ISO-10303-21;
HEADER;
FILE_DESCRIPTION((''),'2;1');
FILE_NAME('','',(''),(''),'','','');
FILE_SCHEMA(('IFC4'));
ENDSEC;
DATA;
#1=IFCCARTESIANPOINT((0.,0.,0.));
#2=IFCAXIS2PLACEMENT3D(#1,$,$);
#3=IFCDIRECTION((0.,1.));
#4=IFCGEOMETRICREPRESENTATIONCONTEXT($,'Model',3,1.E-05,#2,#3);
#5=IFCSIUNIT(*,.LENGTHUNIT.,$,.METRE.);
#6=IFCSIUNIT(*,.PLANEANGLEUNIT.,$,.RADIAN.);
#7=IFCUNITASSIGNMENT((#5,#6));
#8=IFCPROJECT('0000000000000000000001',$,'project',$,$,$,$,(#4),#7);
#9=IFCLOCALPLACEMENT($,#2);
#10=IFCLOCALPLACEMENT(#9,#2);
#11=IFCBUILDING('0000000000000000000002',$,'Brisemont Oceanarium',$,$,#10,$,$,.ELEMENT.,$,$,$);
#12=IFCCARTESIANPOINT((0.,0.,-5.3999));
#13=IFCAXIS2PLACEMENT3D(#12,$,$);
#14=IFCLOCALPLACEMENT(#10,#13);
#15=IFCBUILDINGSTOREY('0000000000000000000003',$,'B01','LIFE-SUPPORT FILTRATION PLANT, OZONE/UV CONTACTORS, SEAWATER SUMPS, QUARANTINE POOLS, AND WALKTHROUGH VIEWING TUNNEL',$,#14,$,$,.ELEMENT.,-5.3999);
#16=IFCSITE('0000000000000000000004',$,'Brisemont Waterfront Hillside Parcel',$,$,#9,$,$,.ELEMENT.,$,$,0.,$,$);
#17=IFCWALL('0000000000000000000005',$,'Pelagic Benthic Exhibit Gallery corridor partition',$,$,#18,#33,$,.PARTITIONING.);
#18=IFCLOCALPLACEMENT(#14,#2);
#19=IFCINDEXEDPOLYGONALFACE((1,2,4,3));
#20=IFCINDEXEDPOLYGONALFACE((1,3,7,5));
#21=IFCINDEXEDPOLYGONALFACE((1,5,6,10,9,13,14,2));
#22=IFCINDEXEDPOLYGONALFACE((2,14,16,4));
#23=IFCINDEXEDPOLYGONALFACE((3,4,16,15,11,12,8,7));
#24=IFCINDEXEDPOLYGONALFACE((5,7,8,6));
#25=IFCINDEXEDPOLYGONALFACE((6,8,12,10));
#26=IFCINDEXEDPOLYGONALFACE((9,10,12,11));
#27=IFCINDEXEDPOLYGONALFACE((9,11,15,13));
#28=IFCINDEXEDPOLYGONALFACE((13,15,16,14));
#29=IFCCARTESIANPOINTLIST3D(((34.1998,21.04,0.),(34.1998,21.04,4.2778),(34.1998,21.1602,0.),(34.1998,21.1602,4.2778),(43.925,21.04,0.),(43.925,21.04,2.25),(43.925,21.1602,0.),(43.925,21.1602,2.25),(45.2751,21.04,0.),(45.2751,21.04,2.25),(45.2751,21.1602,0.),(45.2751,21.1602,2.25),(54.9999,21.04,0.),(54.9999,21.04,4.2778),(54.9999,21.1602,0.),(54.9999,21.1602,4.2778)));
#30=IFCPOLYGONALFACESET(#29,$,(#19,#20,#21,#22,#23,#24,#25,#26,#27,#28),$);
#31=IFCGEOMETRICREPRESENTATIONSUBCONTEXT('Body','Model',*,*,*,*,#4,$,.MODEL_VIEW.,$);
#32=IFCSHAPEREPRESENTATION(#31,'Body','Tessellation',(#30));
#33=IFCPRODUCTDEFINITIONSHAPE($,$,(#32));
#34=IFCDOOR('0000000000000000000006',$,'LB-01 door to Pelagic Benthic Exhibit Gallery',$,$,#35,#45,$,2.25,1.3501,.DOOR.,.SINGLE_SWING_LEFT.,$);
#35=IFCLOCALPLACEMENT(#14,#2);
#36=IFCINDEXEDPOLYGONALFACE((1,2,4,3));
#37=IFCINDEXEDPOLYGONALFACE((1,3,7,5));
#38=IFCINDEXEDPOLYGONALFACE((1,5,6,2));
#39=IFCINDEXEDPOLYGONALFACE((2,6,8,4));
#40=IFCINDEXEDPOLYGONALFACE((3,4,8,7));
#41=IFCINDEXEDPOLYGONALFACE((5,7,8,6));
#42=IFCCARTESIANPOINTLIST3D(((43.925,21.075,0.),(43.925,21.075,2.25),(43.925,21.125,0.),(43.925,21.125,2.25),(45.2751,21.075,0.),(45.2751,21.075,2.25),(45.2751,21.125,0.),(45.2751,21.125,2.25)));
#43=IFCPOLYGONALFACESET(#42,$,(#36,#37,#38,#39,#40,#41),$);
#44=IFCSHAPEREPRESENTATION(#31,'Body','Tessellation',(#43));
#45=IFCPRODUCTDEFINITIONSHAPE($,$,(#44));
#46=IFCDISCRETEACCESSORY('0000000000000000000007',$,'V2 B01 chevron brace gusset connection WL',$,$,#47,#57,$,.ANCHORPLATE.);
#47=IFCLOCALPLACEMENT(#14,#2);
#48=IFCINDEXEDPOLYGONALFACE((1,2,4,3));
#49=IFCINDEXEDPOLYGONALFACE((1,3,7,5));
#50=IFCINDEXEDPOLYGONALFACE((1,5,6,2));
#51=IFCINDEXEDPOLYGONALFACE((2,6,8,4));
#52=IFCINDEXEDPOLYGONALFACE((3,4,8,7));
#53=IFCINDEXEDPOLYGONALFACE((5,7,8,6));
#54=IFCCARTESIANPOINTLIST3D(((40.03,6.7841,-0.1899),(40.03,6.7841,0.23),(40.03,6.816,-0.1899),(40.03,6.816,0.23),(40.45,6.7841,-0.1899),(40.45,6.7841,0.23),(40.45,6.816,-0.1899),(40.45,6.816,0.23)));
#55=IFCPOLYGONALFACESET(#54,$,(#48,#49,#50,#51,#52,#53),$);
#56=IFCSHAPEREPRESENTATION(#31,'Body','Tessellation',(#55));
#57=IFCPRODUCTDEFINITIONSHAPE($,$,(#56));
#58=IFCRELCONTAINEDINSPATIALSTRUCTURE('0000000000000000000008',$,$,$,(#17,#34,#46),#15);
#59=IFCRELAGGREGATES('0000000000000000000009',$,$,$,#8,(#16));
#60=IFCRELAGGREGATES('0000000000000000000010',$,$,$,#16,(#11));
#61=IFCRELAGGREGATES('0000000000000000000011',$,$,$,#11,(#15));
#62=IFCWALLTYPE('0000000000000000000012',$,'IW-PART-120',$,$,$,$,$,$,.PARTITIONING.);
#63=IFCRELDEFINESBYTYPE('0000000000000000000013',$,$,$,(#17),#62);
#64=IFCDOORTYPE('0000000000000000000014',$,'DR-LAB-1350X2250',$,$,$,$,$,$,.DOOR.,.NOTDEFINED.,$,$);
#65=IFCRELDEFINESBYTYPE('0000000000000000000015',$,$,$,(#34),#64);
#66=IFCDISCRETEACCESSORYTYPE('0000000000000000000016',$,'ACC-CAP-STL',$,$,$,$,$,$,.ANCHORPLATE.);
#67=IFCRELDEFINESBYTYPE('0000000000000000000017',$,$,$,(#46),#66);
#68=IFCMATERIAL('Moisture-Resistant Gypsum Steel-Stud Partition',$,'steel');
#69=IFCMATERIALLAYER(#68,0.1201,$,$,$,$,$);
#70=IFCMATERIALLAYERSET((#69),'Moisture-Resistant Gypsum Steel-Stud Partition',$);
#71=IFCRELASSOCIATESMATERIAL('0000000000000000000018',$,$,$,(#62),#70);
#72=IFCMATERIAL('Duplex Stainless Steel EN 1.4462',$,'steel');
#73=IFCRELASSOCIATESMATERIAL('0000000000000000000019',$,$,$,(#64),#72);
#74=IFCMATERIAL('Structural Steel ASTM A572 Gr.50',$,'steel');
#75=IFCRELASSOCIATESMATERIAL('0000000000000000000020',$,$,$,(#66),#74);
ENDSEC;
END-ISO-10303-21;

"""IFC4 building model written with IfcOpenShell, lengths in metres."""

from ifc_helpers import new_model, si_unit, direction, frame, frame_2d, origin, origin_2d, place, context, subcontext, project, spatial, rectangle, extrude, material, layer, layer_set, type_object, element, fill, save


model = new_model("IFC4")

# Units and contexts
model_context = context("Model", 3, precision=1e-05, world=origin(), true_north=direction((0.0, 1.0)))
body_context = subcontext(model_context, "Body", "Model", "MODEL_VIEW")
ifc_project = project(units=[si_unit("LENGTHUNIT", "METRE"), si_unit("PLANEANGLEUNIT", "RADIAN")], contexts=[model_context])

# Site, building, storey
site_placement = place(None, origin())
site = spatial("IfcSite", under=ifc_project, at=site_placement, Name="Brisemont Waterfront Hillside Parcel", CompositionType="ELEMENT", RefElevation=0.0)
building_placement = place(site_placement, origin())
building = spatial("IfcBuilding", under=site, at=building_placement, Name="Brisemont Oceanarium", CompositionType="ELEMENT")
storey_placement = place(building_placement, frame((0.0, 0.0, -5.3999)))
storey = spatial("IfcBuildingStorey", under=building, at=storey_placement, Name="B01", Description="LIFE-SUPPORT FILTRATION PLANT, OZONE/UV CONTACTORS, SEAWATER SUMPS, QUARANTINE POOLS, AND WALKTHROUGH VIEWING TUNNEL", CompositionType="ELEMENT", Elevation=-5.3999)

# Wall, opening, door
ifc_material_1 = material(Name="Moisture-Resistant Gypsum Steel-Stud Partition", Category="steel")
ifc_layer = layer(ifc_material_1, 0.1201)
ifc_layer_set = layer_set([ifc_layer], Name="Moisture-Resistant Gypsum Steel-Stud Partition")
wall_type = type_object("IfcWallType", Name="IW-PART-120", PredefinedType="PARTITIONING", material=ifc_layer_set)
wall_placement = place(storey_placement, frame((34.2, 21.1001, 0.0), z_axis=(0.0, 0.0, 1.0), x_axis=(1.0, 0.0, 0.0)))
wall = element("IfcWall", 1, at=wall_placement, inside=storey, type_object=wall_type, Name="Pelagic Benthic Exhibit Gallery corridor partition", PredefinedType="PARTITIONING", context=body_context, shape_type="SweptSolid", body=[
    extrude(rectangle(XDim=20.8, YDim=0.1201, at=frame_2d((10.3999, 0.0))), origin(), (0.0, 0.0, 1.0), 4.2778),
])
opening_placement = place(wall_placement, frame((9.7251, 0.0, 0.0)))
opening = element("IfcOpeningElement", 2, at=opening_placement, cuts=wall, PredefinedType="OPENING", context=body_context, shape_type="SweptSolid", body=[
    extrude(rectangle(XDim=1.3501, YDim=2.25, at=frame_2d((0.675, 1.125))), frame((0.0, 0.0701, 0.0), z_axis=(0.0, -1.0, 0.0), x_axis=(1.0, 0.0, 0.0)), (0.0, 0.0, 1.0), 0.1401),
])
ifc_material_2 = material(Name="Duplex Stainless Steel EN 1.4462", Category="steel")
door_type = type_object("IfcDoorType", Name="DR-LAB-1350X2250", OperationType="NOTDEFINED", PredefinedType="DOOR", material=ifc_material_2)
door_placement = place(opening_placement, origin())
door = element("IfcDoor", 3, at=door_placement, inside=storey, type_object=door_type, Name="LB-01 door to Pelagic Benthic Exhibit Gallery", OperationType="SINGLE_SWING_LEFT", OverallHeight=2.25, OverallWidth=1.3501, PredefinedType="DOOR", context=body_context, shape_type="SweptSolid", body=[
    extrude(rectangle(XDim=1.3501, YDim=2.25, at=frame_2d((0.675, 1.125))), frame((0.0, 0.0249, 0.0), z_axis=(0.0, -1.0, 0.0), x_axis=(1.0, 0.0, 0.0)), (0.0, 0.0, 1.0), 0.05),
])
fill(opening, door)

# Discrete accessory
ifc_material_3 = material(Name="Structural Steel ASTM A572 Gr.50", Category="steel")
discrete_accessory_type = type_object("IfcDiscreteAccessoryType", Name="ACC-CAP-STL", PredefinedType="ANCHORPLATE", material=ifc_material_3)
discrete_accessory_placement = place(storey_placement, frame((40.24, 6.8, -0.1899), z_axis=(0.0, 0.0, 1.0), x_axis=(1.0, 0.0, 0.0)))
element("IfcDiscreteAccessory", 4, at=discrete_accessory_placement, inside=storey, type_object=discrete_accessory_type, Name="V2 B01 chevron brace gusset connection WL", PredefinedType="ANCHORPLATE", context=body_context, shape_type="SweptSolid", body=[
    extrude(rectangle(XDim=0.4199, YDim=0.032, at=origin_2d()), origin(), (0.0, 0.0, 1.0), 0.4199),
])

save(model, "model.ifc")
